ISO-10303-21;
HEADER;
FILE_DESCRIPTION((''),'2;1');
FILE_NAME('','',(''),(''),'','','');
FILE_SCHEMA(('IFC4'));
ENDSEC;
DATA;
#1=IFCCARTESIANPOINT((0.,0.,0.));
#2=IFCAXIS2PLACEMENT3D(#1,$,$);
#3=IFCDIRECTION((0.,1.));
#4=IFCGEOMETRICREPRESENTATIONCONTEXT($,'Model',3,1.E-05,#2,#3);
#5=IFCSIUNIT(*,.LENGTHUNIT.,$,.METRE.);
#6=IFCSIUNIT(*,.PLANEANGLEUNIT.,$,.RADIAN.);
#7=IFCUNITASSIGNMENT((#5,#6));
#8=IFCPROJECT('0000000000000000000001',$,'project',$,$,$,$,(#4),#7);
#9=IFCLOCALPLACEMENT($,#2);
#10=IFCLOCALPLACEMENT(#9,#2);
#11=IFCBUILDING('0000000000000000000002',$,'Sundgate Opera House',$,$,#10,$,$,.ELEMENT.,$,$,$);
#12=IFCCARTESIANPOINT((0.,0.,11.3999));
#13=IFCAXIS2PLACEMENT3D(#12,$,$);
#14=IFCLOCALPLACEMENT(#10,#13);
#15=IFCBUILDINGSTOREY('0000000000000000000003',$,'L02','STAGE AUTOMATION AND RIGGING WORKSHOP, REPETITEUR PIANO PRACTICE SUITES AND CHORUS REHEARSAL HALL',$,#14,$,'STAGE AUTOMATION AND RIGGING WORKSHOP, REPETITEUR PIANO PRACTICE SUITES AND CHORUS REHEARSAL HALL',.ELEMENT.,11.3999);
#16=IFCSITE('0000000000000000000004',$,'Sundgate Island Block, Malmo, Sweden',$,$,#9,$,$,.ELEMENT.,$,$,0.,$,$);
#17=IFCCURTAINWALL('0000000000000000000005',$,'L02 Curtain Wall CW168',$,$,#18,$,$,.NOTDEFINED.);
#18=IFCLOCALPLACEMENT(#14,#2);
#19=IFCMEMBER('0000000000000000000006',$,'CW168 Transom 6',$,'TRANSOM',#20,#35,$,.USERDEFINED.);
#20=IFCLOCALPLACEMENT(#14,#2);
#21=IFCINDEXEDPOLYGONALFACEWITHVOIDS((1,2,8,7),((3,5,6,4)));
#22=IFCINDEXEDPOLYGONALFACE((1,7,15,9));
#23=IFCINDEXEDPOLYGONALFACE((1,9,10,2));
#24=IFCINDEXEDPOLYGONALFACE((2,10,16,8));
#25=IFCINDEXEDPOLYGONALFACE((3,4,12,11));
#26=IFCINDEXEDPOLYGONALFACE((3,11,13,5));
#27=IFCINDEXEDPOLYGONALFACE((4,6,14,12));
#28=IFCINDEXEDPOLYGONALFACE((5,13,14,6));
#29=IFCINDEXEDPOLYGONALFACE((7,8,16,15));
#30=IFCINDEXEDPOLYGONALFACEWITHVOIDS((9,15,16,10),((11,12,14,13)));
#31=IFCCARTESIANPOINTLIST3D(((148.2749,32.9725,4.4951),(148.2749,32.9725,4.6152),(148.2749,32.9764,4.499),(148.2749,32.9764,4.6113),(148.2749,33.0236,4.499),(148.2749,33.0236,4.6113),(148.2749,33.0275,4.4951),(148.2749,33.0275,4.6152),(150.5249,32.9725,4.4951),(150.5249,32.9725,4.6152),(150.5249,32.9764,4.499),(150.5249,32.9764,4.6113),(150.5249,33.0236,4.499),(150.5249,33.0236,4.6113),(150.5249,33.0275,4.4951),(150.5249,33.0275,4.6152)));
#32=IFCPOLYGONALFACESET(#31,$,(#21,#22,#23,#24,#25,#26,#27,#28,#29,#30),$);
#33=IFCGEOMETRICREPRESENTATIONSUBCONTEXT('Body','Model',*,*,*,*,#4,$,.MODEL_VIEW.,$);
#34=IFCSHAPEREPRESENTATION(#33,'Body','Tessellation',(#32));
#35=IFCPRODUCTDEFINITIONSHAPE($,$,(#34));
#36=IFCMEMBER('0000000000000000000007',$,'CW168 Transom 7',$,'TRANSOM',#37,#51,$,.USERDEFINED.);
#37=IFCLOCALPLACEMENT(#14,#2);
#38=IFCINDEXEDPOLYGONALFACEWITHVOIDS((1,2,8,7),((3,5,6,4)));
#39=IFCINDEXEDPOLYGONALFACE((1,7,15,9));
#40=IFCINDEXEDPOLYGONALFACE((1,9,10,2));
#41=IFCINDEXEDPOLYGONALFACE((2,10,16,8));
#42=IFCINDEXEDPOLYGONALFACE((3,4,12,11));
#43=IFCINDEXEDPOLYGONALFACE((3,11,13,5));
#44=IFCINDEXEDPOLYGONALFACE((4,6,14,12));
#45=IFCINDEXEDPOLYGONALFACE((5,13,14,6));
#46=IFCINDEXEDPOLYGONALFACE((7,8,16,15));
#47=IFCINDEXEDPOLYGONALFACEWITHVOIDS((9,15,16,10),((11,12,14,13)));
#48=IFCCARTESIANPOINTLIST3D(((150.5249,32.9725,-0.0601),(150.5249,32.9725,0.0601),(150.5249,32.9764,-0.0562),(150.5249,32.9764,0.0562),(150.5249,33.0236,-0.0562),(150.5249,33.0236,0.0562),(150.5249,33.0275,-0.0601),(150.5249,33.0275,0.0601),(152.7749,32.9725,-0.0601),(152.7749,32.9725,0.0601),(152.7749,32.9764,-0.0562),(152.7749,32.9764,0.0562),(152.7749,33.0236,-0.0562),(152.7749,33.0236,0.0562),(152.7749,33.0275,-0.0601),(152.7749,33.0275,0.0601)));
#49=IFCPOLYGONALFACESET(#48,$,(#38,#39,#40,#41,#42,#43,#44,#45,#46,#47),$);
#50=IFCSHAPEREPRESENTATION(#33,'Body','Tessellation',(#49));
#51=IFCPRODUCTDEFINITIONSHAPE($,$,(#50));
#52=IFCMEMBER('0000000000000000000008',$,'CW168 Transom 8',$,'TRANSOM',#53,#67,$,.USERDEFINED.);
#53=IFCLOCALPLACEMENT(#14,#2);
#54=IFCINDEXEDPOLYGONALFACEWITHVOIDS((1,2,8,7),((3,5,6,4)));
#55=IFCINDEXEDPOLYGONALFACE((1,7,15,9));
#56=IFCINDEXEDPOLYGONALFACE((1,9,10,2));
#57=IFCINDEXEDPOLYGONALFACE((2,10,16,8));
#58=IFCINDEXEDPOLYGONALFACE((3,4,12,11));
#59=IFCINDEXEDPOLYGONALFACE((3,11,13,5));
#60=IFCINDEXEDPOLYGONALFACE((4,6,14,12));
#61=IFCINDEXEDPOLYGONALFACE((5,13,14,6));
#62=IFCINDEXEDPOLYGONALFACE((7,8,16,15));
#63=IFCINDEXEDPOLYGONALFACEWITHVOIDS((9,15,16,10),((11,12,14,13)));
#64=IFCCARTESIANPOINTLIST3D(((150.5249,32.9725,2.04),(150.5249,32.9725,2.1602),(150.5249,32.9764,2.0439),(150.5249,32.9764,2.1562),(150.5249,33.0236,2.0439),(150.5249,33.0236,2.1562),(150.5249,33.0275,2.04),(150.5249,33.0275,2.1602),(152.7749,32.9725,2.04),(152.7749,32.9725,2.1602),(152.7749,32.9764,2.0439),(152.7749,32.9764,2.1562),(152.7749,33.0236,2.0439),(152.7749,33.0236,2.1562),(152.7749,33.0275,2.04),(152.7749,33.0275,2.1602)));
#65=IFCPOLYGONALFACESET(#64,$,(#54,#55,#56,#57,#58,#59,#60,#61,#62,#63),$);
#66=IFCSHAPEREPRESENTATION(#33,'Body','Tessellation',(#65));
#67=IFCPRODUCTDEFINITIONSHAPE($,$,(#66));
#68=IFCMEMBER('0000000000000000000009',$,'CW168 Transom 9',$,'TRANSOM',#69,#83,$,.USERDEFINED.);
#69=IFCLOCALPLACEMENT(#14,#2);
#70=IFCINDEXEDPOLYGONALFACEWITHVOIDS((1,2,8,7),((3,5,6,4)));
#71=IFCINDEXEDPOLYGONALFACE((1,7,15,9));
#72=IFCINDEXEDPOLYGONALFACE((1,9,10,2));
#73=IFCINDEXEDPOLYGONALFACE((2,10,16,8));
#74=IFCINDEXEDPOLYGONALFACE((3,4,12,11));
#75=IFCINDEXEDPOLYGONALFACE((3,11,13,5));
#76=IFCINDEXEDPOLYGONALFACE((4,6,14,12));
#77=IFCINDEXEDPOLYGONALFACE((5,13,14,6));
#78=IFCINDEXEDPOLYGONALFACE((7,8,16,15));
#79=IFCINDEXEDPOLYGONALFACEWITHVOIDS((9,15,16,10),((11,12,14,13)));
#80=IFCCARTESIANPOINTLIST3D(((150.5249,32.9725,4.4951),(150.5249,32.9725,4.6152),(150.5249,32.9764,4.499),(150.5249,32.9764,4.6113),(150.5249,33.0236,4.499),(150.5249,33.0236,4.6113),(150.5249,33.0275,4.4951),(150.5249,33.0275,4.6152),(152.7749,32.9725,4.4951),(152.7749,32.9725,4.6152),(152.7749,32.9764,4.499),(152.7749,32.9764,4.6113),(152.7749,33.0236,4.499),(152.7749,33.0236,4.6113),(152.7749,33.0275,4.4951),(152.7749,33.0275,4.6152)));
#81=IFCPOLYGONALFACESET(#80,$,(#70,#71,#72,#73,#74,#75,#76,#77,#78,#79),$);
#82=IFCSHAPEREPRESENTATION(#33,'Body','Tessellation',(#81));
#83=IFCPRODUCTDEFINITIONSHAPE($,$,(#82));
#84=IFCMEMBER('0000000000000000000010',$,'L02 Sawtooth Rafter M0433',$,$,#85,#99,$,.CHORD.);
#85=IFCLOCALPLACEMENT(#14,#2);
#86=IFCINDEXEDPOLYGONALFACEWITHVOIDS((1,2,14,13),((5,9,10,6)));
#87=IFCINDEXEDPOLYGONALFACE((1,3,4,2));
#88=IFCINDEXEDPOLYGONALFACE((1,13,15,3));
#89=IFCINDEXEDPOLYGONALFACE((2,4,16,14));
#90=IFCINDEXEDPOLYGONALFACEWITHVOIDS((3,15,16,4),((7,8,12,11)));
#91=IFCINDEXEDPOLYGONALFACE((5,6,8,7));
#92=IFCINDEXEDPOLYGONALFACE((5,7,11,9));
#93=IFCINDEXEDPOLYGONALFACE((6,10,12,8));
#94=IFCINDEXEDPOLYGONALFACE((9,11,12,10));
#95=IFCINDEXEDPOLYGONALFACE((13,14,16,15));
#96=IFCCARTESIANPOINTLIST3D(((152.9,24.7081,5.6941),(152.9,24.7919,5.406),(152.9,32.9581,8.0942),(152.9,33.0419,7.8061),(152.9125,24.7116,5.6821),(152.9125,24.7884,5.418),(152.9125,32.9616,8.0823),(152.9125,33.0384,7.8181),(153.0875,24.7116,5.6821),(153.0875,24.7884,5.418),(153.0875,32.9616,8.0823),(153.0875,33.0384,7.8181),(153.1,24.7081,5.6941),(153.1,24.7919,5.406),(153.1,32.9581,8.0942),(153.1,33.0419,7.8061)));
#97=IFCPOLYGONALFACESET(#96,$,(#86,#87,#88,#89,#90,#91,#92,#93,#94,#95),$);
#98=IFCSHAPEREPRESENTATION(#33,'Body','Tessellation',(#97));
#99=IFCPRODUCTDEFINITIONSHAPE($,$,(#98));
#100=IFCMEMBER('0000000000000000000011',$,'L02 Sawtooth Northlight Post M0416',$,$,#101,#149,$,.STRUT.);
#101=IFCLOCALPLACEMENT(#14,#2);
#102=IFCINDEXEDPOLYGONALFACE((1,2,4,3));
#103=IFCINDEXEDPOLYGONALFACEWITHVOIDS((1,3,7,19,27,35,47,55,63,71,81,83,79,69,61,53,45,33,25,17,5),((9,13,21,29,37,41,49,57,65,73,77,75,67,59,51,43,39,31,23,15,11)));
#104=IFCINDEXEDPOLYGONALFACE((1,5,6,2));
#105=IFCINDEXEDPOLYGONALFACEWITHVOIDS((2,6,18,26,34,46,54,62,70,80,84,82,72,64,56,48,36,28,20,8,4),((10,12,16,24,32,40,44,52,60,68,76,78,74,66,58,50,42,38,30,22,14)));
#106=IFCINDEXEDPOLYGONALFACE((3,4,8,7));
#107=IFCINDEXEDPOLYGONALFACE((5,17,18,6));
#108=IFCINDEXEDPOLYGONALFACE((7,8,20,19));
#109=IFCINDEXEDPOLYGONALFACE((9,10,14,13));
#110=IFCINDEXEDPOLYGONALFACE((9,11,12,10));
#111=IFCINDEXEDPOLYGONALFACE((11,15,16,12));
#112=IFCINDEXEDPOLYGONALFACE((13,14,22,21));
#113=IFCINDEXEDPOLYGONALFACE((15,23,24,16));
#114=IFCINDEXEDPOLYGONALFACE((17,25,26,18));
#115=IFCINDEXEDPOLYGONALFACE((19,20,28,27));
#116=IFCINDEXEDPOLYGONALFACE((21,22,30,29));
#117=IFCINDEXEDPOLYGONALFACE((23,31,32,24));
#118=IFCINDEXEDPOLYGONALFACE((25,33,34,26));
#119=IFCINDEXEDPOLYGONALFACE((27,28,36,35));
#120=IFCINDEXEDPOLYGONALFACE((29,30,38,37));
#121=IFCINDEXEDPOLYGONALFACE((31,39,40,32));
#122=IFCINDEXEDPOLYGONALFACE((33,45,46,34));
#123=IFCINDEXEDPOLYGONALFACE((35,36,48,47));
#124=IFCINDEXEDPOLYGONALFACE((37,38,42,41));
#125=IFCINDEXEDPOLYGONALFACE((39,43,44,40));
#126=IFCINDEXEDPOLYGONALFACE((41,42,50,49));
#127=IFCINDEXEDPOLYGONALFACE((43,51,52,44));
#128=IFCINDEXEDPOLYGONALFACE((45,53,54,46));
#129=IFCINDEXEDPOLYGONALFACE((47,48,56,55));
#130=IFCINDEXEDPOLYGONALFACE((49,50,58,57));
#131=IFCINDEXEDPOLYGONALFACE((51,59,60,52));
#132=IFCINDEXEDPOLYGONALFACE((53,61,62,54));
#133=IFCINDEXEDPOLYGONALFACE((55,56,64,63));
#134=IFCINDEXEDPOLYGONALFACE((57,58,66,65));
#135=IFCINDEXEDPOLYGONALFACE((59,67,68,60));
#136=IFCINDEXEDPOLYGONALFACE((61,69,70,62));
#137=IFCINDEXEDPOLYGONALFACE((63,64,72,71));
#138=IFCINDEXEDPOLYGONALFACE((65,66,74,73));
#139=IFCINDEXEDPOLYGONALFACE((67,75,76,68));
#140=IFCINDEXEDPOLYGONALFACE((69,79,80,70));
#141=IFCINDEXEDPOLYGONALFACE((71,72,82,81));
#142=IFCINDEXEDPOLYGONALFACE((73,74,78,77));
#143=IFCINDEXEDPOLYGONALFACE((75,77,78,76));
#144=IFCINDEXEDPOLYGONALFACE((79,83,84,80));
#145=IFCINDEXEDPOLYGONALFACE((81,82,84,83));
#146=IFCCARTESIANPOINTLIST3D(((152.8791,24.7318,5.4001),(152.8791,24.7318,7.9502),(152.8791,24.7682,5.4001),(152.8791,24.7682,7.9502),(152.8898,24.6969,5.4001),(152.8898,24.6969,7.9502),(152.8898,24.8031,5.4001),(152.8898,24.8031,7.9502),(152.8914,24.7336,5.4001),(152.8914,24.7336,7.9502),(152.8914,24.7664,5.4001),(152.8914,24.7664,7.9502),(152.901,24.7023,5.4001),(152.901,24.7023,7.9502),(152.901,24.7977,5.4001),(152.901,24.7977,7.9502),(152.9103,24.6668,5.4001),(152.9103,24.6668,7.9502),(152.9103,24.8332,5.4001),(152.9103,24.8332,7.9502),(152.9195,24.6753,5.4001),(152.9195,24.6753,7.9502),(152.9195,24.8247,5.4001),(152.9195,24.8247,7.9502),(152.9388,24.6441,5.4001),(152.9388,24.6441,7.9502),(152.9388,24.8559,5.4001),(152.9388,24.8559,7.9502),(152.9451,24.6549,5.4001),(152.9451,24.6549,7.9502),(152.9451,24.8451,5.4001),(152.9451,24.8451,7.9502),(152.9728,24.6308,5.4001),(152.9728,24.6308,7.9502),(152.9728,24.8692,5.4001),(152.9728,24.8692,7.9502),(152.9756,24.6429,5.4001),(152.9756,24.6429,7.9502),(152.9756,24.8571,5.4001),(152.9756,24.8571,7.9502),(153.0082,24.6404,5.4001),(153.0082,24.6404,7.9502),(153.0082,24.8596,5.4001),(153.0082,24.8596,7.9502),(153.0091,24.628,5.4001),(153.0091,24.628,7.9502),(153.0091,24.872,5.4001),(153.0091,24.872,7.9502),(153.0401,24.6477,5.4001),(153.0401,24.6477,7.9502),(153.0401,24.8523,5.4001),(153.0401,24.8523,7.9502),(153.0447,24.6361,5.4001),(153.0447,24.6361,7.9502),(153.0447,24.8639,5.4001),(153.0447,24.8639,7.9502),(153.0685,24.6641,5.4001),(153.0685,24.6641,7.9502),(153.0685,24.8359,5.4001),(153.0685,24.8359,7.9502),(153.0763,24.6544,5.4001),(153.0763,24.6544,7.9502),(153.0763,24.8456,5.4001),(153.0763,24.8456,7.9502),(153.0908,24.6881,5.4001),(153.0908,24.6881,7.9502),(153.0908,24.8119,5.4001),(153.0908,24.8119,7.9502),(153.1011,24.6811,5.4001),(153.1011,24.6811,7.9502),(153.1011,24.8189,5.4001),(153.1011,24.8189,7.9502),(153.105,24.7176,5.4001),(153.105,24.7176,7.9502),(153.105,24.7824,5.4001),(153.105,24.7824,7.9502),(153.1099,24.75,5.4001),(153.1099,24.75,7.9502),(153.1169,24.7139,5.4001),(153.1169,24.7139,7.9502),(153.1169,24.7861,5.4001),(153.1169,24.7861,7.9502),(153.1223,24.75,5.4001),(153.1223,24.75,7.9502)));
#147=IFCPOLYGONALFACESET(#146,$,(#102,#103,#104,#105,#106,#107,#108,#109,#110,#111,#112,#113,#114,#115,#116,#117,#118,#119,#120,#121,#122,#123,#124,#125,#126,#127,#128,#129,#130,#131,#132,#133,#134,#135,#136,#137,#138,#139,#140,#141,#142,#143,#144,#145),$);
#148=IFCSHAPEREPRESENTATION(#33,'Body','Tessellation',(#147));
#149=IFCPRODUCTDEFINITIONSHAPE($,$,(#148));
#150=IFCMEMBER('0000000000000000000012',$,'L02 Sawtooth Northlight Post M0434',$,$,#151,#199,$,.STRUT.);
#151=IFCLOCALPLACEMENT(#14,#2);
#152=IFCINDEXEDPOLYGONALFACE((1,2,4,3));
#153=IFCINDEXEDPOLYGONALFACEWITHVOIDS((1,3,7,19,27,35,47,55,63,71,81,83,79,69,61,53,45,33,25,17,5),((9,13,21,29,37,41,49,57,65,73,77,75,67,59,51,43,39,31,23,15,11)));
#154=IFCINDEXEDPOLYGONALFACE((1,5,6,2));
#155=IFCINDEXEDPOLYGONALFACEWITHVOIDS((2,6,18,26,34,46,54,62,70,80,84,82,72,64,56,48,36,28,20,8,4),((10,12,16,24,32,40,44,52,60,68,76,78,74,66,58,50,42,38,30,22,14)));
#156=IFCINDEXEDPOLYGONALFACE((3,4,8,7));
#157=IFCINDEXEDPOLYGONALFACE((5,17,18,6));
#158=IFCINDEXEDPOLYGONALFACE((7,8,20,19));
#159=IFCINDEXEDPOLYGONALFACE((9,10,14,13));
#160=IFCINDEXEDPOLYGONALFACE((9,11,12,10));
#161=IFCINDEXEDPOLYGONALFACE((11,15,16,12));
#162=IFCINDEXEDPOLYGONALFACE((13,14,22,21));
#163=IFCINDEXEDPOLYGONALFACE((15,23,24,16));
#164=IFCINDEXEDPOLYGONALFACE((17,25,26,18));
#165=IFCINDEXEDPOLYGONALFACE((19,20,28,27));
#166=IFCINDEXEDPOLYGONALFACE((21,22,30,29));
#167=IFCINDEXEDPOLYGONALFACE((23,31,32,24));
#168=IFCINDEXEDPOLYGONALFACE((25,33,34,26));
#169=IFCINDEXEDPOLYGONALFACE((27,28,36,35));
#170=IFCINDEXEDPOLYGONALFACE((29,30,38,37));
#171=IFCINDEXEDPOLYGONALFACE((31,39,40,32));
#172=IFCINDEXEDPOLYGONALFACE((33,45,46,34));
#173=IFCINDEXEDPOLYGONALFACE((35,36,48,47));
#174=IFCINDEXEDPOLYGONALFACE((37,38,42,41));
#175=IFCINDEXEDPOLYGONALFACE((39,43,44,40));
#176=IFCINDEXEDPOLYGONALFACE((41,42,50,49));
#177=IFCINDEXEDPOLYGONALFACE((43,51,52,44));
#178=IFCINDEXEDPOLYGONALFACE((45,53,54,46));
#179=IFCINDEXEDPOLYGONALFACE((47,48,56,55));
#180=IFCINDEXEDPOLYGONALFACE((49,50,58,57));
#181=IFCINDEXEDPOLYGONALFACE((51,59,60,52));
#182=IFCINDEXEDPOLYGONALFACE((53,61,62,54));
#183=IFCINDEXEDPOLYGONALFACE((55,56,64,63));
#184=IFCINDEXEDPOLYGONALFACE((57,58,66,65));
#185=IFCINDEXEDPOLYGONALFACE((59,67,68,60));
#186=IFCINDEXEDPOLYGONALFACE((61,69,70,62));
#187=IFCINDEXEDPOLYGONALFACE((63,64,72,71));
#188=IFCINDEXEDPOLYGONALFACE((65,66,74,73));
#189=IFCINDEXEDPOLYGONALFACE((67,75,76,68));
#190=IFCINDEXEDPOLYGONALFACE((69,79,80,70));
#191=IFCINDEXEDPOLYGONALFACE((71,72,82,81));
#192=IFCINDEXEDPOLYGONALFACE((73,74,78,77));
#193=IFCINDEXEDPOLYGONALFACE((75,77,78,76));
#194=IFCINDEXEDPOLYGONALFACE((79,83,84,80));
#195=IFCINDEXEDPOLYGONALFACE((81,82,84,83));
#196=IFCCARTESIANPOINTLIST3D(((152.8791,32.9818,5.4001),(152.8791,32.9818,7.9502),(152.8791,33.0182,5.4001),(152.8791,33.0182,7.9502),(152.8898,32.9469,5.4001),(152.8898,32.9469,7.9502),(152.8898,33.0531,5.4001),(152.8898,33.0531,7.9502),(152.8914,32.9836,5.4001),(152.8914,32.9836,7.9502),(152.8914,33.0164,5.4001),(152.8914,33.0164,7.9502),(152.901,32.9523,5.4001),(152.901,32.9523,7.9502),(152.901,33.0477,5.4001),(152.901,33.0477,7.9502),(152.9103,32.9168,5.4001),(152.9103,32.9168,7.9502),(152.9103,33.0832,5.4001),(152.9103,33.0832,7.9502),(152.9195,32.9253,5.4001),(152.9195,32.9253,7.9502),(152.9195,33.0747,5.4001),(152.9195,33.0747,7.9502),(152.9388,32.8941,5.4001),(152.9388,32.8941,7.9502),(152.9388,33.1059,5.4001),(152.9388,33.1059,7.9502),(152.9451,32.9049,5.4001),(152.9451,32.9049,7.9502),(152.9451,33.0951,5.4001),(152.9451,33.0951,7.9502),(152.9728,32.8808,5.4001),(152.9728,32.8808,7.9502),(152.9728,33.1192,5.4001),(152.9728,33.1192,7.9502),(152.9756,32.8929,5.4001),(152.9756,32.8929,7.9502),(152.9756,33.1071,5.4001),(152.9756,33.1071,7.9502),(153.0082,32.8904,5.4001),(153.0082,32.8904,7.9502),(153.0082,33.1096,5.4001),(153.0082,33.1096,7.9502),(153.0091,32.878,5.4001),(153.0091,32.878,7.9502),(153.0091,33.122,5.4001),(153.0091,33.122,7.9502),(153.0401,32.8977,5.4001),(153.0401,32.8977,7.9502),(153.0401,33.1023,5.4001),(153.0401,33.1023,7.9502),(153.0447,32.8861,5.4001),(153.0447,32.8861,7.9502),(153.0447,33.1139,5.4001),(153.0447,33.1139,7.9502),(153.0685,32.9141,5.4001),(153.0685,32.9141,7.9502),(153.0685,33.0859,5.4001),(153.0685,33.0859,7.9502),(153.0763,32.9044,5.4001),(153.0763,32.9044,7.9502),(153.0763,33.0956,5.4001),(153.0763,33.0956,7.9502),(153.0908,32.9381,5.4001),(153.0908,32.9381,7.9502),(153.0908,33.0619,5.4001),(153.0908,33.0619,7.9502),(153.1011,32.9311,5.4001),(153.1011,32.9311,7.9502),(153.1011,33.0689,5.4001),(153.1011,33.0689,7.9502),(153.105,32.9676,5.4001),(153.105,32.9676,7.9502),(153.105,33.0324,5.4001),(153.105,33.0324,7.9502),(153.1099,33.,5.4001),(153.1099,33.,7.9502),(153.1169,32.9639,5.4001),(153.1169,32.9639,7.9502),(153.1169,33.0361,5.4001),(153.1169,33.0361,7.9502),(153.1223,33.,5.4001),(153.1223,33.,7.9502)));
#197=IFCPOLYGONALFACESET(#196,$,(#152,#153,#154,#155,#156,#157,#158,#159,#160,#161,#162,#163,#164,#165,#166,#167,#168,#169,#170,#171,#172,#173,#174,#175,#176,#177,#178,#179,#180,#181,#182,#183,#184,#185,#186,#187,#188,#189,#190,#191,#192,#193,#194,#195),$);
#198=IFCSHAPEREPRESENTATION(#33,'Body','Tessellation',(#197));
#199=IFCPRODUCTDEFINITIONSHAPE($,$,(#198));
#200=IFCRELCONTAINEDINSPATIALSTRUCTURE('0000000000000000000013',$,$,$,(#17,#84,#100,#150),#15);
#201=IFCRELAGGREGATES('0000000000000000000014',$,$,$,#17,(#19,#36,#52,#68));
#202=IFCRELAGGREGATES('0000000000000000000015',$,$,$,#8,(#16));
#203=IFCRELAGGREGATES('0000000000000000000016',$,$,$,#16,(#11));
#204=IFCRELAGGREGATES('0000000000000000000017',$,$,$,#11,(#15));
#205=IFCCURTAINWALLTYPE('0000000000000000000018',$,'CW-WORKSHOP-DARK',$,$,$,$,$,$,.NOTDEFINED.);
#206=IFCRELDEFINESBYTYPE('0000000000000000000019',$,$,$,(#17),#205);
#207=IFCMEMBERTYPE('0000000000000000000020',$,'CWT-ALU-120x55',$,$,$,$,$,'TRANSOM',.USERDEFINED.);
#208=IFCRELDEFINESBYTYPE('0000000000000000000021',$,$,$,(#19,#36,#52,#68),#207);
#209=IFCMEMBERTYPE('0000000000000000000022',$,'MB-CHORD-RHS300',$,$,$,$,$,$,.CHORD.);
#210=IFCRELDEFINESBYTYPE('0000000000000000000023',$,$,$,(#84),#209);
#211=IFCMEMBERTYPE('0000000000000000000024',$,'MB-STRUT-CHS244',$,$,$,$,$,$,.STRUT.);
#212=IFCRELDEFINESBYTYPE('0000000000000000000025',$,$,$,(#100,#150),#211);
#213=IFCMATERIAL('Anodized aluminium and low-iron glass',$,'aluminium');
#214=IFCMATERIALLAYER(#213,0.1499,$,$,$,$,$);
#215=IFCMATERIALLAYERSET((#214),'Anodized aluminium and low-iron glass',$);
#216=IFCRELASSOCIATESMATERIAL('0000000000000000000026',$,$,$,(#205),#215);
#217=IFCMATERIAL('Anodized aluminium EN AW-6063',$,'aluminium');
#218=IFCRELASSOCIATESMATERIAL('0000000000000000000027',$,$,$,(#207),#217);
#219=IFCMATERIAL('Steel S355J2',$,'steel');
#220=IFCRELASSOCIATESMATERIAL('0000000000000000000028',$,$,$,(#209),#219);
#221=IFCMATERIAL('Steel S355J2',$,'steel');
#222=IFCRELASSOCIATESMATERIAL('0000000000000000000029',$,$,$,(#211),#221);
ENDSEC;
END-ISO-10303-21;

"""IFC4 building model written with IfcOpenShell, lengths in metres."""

from ifc_helpers import new_model, si_unit, direction, frame, origin, origin_2d, place, context, subcontext, project, spatial, hollow_rectangle, hollow_circle, extrude, material, layer, layer_set, material_profile, profile_set, type_object, element, aggregate, save


model = new_model("IFC4")

# Units and contexts
model_context = context("Model", 3, precision=1e-05, world=origin(), true_north=direction((0.0, 1.0)))
body_context = subcontext(model_context, "Body", "Model", "MODEL_VIEW")
ifc_project = project(units=[si_unit("LENGTHUNIT", "METRE"), si_unit("PLANEANGLEUNIT", "RADIAN")], contexts=[model_context])

# Site, building, storey
site_placement = place(None, origin())
site = spatial("IfcSite", under=ifc_project, at=site_placement, Name="Sundgate Island Block, Malmo, Sweden", CompositionType="ELEMENT", RefElevation=0.0)
building_placement = place(site_placement, origin())
building = spatial("IfcBuilding", under=site, at=building_placement, Name="Sundgate Opera House", CompositionType="ELEMENT")
storey_placement = place(building_placement, frame((0.0, 0.0, 11.3999)))
storey = spatial("IfcBuildingStorey", under=building, at=storey_placement, Name="L02", Description="STAGE AUTOMATION AND RIGGING WORKSHOP, REPETITEUR PIANO PRACTICE SUITES AND CHORUS REHEARSAL HALL", LongName="STAGE AUTOMATION AND RIGGING WORKSHOP, REPETITEUR PIANO PRACTICE SUITES AND CHORUS REHEARSAL HALL", CompositionType="ELEMENT", Elevation=11.3999)

# Curtain wall
ifc_material_1 = material(Name="Anodized aluminium and low-iron glass", Category="aluminium")
ifc_layer_1 = layer(ifc_material_1, 0.1499)
ifc_layer_set_1 = layer_set([ifc_layer_1], Name="Anodized aluminium and low-iron glass")
curtain_wall_type = type_object("IfcCurtainWallType", Name="CW-WORKSHOP-DARK", PredefinedType="NOTDEFINED", material=ifc_layer_set_1)
curtain_wall_1_placement = place(storey_placement, origin())
curtain_wall_1 = element("IfcCurtainWall", 1, at=curtain_wall_1_placement, inside=storey, type_object=curtain_wall_type, Name="L02 Curtain Wall CW168", PredefinedType="NOTDEFINED")

# Members
ifc_material_2 = material(Name="Anodized aluminium EN AW-6063", Category="aluminium")
ifc_material_profile_1 = material_profile(ifc_material_2, hollow_rectangle(XDim=0.0549, YDim=0.1201, WallThickness=0.0039, at=origin_2d()), Name="CWT 120x55x4")
ifc_profile_set_1 = profile_set([ifc_material_profile_1], Name="Anodized aluminium EN AW-6063")
member_type_1 = type_object("IfcMemberType", Name="CWT-ALU-120x55", ElementType="TRANSOM", PredefinedType="USERDEFINED", material=ifc_profile_set_1)
member_1_placement = place(storey_placement, frame((148.2749, 33.0, 4.5552), z_axis=(1.0, 0.0, 0.0), x_axis=(0.0, 1.0, 0.0)))
member_1 = element("IfcMember", 2, at=member_1_placement, type_object=member_type_1, Name="CW168 Transom 6", ObjectType="TRANSOM", PredefinedType="USERDEFINED", context=body_context, shape_type="SweptSolid", body=[
    extrude(hollow_rectangle(XDim=0.0549, YDim=0.1201, WallThickness=0.0039, at=origin_2d()), origin(), (0.0, 0.0, 1.0), 2.25),
])
member_2_placement = place(storey_placement, frame((150.5249, 33.0, 0.0), z_axis=(1.0, 0.0, 0.0), x_axis=(0.0, 1.0, 0.0)))
member_2 = element("IfcMember", 3, at=member_2_placement, type_object=member_type_1, Name="CW168 Transom 7", ObjectType="TRANSOM", PredefinedType="USERDEFINED", context=body_context, shape_type="SweptSolid", body=[
    extrude(hollow_rectangle(XDim=0.0549, YDim=0.1201, WallThickness=0.0039, at=origin_2d()), origin(), (0.0, 0.0, 1.0), 2.25),
])
member_3_placement = place(storey_placement, frame((150.5249, 33.0, 2.1001), z_axis=(1.0, 0.0, 0.0), x_axis=(0.0, 1.0, 0.0)))
member_3 = element("IfcMember", 4, at=member_3_placement, type_object=member_type_1, Name="CW168 Transom 8", ObjectType="TRANSOM", PredefinedType="USERDEFINED", context=body_context, shape_type="SweptSolid", body=[
    extrude(hollow_rectangle(XDim=0.0549, YDim=0.1201, WallThickness=0.0039, at=origin_2d()), origin(), (0.0, 0.0, 1.0), 2.25),
])
member_4_placement = place(storey_placement, frame((150.5249, 33.0, 4.5552), z_axis=(1.0, 0.0, 0.0), x_axis=(0.0, 1.0, 0.0)))
member_4 = element("IfcMember", 5, at=member_4_placement, type_object=member_type_1, Name="CW168 Transom 9", ObjectType="TRANSOM", PredefinedType="USERDEFINED", context=body_context, shape_type="SweptSolid", body=[
    extrude(hollow_rectangle(XDim=0.0549, YDim=0.1201, WallThickness=0.0039, at=origin_2d()), origin(), (0.0, 0.0, 1.0), 2.25),
])

# Members
ifc_material_3 = material(Name="Steel S355J2", Category="steel")
ifc_material_profile_2 = material_profile(ifc_material_3, hollow_rectangle(XDim=0.2, YDim=0.3, WallThickness=0.0125, at=origin_2d()), Name="RHS 300x200x12.5")
ifc_profile_set_2 = profile_set([ifc_material_profile_2], Name="Steel S355J2")
member_type_2 = type_object("IfcMemberType", Name="MB-CHORD-RHS300", PredefinedType="CHORD", material=ifc_profile_set_2)
member_5_placement = place(storey_placement, frame((153.0, 24.75, 5.55), z_axis=(0.0, 0.960191, 0.279345), x_axis=(-1.0, 0.0, 0.0)))
element("IfcMember", 6, at=member_5_placement, inside=storey, type_object=member_type_2, Name="L02 Sawtooth Rafter M0433", PredefinedType="CHORD", context=body_context, shape_type="SweptSolid", body=[
    extrude(hollow_rectangle(XDim=0.2, YDim=0.3, WallThickness=0.0125, at=origin_2d()), origin(), (0.0, 0.0, 1.0), 8.592),
])
ifc_material_4 = material(Name="Steel S355J2", Category="steel")
ifc_material_profile_3 = material_profile(ifc_material_4, hollow_circle(Radius=0.1223, WallThickness=0.0125, at=origin_2d()), Name="CHS 244.5x12.5")
ifc_profile_set_3 = profile_set([ifc_material_profile_3], Name="Steel S355J2")
member_type_3 = type_object("IfcMemberType", Name="MB-STRUT-CHS244", PredefinedType="STRUT", material=ifc_profile_set_3)
for number, where, z_axis, x_axis, name in (
    (7, (153.0, 24.75, 5.4001), (0.0, 0.0, 1.0), (1.0, 0.0, 0.0), "L02 Sawtooth Northlight Post M0416"),
    (8, (153.0, 33.0, 5.4001), (0.0, 0.0, 1.0), (1.0, 0.0, 0.0), "L02 Sawtooth Northlight Post M0434"),
):
    element("IfcMember", number, at=place(storey_placement, frame(where, z_axis=z_axis, x_axis=x_axis)), inside=storey, type_object=member_type_3, Name=name, PredefinedType="STRUT", context=body_context, shape_type="SweptSolid", body=[
        extrude(hollow_circle(Radius=0.1223, WallThickness=0.0125, at=origin_2d()), origin(), (0.0, 0.0, 1.0), 2.55),
    ])

aggregate(curtain_wall_1, [member_1, member_2, member_3, member_4])

save(model, "model.ifc")
